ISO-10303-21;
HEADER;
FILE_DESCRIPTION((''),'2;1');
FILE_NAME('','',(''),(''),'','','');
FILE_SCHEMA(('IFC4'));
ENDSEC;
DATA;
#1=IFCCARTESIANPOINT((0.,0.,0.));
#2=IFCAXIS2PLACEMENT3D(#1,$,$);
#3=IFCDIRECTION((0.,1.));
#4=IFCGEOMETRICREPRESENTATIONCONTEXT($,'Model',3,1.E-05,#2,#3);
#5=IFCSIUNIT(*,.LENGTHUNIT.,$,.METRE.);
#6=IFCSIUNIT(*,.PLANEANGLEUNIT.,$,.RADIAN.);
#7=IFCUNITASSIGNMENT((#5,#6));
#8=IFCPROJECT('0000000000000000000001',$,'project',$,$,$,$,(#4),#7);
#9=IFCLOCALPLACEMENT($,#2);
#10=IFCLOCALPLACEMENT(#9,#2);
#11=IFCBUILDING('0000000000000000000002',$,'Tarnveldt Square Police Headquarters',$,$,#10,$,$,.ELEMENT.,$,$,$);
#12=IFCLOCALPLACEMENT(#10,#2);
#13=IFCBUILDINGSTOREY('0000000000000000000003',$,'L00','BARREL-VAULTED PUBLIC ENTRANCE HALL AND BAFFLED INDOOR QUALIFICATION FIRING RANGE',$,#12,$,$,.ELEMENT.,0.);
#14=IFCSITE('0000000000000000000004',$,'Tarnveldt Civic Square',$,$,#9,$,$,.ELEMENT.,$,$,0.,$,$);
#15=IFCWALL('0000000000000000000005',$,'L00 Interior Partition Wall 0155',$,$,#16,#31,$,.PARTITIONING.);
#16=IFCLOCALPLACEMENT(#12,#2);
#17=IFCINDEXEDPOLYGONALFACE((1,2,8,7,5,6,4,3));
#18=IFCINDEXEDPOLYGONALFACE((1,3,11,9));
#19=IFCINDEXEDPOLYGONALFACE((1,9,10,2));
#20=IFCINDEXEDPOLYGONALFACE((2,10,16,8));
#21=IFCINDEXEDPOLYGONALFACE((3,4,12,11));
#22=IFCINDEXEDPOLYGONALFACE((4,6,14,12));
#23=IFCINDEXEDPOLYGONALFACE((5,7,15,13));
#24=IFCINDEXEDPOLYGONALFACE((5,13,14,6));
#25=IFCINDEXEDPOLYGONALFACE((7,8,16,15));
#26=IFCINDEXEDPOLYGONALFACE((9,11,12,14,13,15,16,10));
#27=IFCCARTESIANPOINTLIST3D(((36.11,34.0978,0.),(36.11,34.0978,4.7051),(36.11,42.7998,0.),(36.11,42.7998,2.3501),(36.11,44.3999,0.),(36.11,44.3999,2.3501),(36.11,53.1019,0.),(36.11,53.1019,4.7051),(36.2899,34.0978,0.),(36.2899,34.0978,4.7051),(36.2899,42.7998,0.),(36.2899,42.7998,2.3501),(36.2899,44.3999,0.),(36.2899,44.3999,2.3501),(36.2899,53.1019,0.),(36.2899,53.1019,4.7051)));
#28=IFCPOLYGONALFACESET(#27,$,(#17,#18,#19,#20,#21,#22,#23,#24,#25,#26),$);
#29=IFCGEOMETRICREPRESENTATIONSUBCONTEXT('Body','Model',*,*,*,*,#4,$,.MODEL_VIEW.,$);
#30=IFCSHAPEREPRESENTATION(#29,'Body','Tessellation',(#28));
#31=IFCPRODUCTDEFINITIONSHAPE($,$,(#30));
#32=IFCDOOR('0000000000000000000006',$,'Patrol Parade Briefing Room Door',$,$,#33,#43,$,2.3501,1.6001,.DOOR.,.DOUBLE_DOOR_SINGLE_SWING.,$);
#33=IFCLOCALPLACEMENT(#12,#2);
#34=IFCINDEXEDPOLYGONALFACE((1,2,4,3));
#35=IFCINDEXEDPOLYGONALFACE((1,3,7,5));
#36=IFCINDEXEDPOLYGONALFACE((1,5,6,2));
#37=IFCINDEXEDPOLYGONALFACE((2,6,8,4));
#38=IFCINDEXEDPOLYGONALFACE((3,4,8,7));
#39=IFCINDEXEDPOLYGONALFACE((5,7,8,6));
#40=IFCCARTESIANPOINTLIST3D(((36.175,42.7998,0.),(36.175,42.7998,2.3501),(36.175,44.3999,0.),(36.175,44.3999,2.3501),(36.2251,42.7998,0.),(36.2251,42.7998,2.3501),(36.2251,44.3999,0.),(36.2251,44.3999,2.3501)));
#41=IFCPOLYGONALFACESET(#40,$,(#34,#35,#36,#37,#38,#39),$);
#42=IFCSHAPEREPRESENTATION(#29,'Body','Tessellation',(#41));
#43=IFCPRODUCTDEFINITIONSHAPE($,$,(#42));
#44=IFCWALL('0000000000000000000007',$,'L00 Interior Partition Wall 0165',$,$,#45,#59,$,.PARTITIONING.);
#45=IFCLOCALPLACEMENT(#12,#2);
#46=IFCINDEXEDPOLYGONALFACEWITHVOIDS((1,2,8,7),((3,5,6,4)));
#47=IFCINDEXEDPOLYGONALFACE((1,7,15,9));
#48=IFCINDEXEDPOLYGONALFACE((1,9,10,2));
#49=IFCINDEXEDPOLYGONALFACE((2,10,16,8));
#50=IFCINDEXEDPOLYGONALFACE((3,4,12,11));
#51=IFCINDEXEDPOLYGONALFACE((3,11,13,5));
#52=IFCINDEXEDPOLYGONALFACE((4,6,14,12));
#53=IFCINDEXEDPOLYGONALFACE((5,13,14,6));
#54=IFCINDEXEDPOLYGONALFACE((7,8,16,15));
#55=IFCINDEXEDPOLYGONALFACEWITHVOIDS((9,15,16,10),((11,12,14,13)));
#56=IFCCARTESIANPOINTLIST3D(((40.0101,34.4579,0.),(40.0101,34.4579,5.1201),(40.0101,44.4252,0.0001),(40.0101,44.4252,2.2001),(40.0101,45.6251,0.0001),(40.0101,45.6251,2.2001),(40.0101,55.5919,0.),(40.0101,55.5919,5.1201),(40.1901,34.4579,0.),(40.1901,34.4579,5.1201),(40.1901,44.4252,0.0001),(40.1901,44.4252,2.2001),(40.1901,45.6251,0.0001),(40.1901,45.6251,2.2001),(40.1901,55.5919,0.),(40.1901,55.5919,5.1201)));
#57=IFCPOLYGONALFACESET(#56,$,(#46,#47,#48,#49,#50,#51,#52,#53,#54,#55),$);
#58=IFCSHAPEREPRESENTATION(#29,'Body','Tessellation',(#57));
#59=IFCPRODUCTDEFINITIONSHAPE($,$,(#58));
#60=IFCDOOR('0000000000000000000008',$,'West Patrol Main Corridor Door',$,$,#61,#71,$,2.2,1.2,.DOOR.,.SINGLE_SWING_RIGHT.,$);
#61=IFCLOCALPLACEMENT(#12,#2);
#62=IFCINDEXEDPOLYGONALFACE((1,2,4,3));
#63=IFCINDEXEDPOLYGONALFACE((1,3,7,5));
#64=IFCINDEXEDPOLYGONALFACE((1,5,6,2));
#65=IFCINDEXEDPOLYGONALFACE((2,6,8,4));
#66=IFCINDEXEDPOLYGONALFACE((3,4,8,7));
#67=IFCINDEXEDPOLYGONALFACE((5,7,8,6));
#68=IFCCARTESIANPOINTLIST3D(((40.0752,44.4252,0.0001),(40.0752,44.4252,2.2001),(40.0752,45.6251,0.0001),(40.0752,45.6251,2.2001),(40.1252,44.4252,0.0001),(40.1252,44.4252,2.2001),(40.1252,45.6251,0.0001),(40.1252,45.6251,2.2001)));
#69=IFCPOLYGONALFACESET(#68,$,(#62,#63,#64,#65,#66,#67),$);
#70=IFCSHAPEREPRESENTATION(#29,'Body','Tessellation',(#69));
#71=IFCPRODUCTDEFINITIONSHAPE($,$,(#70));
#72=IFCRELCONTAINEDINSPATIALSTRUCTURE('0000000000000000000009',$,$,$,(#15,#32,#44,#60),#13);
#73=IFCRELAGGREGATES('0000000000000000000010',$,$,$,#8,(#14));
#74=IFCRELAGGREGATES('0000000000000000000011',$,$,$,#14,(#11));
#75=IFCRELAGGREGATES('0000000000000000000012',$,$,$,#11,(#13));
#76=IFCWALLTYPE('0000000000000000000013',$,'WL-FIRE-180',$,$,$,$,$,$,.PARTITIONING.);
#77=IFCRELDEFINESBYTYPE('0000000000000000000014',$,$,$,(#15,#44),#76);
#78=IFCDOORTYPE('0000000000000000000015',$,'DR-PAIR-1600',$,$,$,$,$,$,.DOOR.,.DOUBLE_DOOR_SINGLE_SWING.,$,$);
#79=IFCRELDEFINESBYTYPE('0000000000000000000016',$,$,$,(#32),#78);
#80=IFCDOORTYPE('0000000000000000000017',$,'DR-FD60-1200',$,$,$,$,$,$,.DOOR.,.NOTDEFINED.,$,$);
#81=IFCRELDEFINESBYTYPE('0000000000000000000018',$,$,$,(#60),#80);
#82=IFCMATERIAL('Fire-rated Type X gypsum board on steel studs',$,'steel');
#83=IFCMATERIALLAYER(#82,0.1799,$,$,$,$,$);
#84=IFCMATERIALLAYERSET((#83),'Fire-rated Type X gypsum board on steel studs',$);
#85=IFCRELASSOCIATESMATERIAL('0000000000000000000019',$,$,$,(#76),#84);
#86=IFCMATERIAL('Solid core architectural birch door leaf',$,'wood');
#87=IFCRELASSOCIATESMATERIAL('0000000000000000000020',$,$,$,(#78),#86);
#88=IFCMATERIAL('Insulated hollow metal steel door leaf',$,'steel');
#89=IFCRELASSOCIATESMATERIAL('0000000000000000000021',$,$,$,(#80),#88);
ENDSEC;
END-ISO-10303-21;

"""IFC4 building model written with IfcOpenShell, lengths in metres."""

from ifc_helpers import new_model, si_unit, direction, frame, frame_2d, origin, place, context, subcontext, project, spatial, rectangle, extrude, material, layer, layer_set, type_object, element, fill, save


model = new_model("IFC4")

# Units and contexts
model_context = context("Model", 3, precision=1e-05, world=origin(), true_north=direction((0.0, 1.0)))
body_context = subcontext(model_context, "Body", "Model", "MODEL_VIEW")
ifc_project = project(units=[si_unit("LENGTHUNIT", "METRE"), si_unit("PLANEANGLEUNIT", "RADIAN")], contexts=[model_context])

# Site, building, storey
site_placement = place(None, origin())
site = spatial("IfcSite", under=ifc_project, at=site_placement, Name="Tarnveldt Civic Square", CompositionType="ELEMENT", RefElevation=0.0)
building_placement = place(site_placement, origin())
building = spatial("IfcBuilding", under=site, at=building_placement, Name="Tarnveldt Square Police Headquarters", CompositionType="ELEMENT")
storey_placement = place(building_placement, origin())
storey = spatial("IfcBuildingStorey", under=building, at=storey_placement, Name="L00", Description="BARREL-VAULTED PUBLIC ENTRANCE HALL AND BAFFLED INDOOR QUALIFICATION FIRING RANGE", CompositionType="ELEMENT", Elevation=0.0)

# Shared definitions
ifc_material_1 = material(Name="Fire-rated Type X gypsum board on steel studs", Category="steel")
ifc_layer = layer(ifc_material_1, 0.1799)
ifc_layer_set = layer_set([ifc_layer], Name="Fire-rated Type X gypsum board on steel studs")
wall_type = type_object("IfcWallType", Name="WL-FIRE-180", PredefinedType="PARTITIONING", material=ifc_layer_set)

# Shared definitions
ifc_material_2 = material(Name="Solid core architectural birch door leaf", Category="wood")
door_type_1 = type_object("IfcDoorType", Name="DR-PAIR-1600", OperationType="DOUBLE_DOOR_SINGLE_SWING", PredefinedType="DOOR", material=ifc_material_2)

# Walls, openings, doors
ifc_material_3 = material(Name="Insulated hollow metal steel door leaf", Category="steel")
wall_1_placement = place(storey_placement, frame((36.2, 34.0979, 0.0), z_axis=(0.0, 0.0, 1.0), x_axis=(0.0, 1.0, 0.0)))
wall_1 = element("IfcWall", 1, at=wall_1_placement, inside=storey, type_object=wall_type, Name="L00 Interior Partition Wall 0155", PredefinedType="PARTITIONING", context=body_context, shape_type="SweptSolid", body=[
    extrude(rectangle(XDim=19.0042, YDim=0.1799, at=frame_2d((9.502, 0.0))), origin(), (0.0, 0.0, 1.0), 4.7051),
])
opening_1_placement = place(wall_1_placement, frame((8.7019, 0.0, 0.0)))
opening_1 = element("IfcOpeningElement", 2, at=opening_1_placement, cuts=wall_1, PredefinedType="OPENING", context=body_context, shape_type="SweptSolid", body=[
    extrude(rectangle(XDim=1.6001, YDim=2.3501, at=frame_2d((0.8, 1.175))), frame((0.0, 0.0999, 0.0), z_axis=(0.0, -1.0, 0.0), x_axis=(1.0, 0.0, 0.0)), (0.0, 0.0, 1.0), 0.2),
])
door_1_placement = place(opening_1_placement, origin())
door_1 = element("IfcDoor", 3, at=door_1_placement, inside=storey, type_object=door_type_1, Name="Patrol Parade Briefing Room Door", OperationType="DOUBLE_DOOR_SINGLE_SWING", OverallHeight=2.3501, OverallWidth=1.6001, PredefinedType="DOOR", context=body_context, shape_type="SweptSolid", body=[
    extrude(rectangle(XDim=1.6001, YDim=2.3501, at=frame_2d((0.8, 1.175))), frame((0.0, 0.0249, 0.0), z_axis=(0.0, -1.0, 0.0), x_axis=(1.0, 0.0, 0.0)), (0.0, 0.0, 1.0), 0.05),
])
fill(opening_1, door_1)
wall_2_placement = place(storey_placement, frame((40.1001, 34.458, 0.0), z_axis=(0.0, 0.0, 1.0), x_axis=(0.0, 1.0, 0.0)))
wall_2 = element("IfcWall", 4, at=wall_2_placement, inside=storey, type_object=wall_type, Name="L00 Interior Partition Wall 0165", PredefinedType="PARTITIONING", context=body_context, shape_type="SweptSolid", body=[
    extrude(rectangle(XDim=21.134, YDim=0.1799, at=frame_2d((10.5669, 0.0))), origin(), (0.0, 0.0, 1.0), 5.1201),
])
opening_2_placement = place(wall_2_placement, frame((9.967, 0.0, 0.0)))
opening_2 = element("IfcOpeningElement", 5, at=opening_2_placement, cuts=wall_2, PredefinedType="OPENING", context=body_context, shape_type="SweptSolid", body=[
    extrude(rectangle(XDim=1.2, YDim=2.2, at=frame_2d((0.6001, 1.1001))), frame((0.0, 0.0999, 0.0), z_axis=(0.0, -1.0, 0.0), x_axis=(1.0, 0.0, 0.0)), (0.0, 0.0, 1.0), 0.2),
])
door_type_2 = type_object("IfcDoorType", Name="DR-FD60-1200", OperationType="NOTDEFINED", PredefinedType="DOOR", material=ifc_material_3)
door_2_placement = place(opening_2_placement, origin())
door_2 = element("IfcDoor", 6, at=door_2_placement, inside=storey, type_object=door_type_2, Name="West Patrol Main Corridor Door", OperationType="SINGLE_SWING_RIGHT", OverallHeight=2.2, OverallWidth=1.2, PredefinedType="DOOR", context=body_context, shape_type="SweptSolid", body=[
    extrude(rectangle(XDim=1.2, YDim=2.2, at=frame_2d((0.6001, 1.1001))), frame((0.0, 0.0249, 0.0), z_axis=(0.0, -1.0, 0.0), x_axis=(1.0, 0.0, 0.0)), (0.0, 0.0, 1.0), 0.05),
])
fill(opening_2, door_2)

save(model, "model.ifc")
